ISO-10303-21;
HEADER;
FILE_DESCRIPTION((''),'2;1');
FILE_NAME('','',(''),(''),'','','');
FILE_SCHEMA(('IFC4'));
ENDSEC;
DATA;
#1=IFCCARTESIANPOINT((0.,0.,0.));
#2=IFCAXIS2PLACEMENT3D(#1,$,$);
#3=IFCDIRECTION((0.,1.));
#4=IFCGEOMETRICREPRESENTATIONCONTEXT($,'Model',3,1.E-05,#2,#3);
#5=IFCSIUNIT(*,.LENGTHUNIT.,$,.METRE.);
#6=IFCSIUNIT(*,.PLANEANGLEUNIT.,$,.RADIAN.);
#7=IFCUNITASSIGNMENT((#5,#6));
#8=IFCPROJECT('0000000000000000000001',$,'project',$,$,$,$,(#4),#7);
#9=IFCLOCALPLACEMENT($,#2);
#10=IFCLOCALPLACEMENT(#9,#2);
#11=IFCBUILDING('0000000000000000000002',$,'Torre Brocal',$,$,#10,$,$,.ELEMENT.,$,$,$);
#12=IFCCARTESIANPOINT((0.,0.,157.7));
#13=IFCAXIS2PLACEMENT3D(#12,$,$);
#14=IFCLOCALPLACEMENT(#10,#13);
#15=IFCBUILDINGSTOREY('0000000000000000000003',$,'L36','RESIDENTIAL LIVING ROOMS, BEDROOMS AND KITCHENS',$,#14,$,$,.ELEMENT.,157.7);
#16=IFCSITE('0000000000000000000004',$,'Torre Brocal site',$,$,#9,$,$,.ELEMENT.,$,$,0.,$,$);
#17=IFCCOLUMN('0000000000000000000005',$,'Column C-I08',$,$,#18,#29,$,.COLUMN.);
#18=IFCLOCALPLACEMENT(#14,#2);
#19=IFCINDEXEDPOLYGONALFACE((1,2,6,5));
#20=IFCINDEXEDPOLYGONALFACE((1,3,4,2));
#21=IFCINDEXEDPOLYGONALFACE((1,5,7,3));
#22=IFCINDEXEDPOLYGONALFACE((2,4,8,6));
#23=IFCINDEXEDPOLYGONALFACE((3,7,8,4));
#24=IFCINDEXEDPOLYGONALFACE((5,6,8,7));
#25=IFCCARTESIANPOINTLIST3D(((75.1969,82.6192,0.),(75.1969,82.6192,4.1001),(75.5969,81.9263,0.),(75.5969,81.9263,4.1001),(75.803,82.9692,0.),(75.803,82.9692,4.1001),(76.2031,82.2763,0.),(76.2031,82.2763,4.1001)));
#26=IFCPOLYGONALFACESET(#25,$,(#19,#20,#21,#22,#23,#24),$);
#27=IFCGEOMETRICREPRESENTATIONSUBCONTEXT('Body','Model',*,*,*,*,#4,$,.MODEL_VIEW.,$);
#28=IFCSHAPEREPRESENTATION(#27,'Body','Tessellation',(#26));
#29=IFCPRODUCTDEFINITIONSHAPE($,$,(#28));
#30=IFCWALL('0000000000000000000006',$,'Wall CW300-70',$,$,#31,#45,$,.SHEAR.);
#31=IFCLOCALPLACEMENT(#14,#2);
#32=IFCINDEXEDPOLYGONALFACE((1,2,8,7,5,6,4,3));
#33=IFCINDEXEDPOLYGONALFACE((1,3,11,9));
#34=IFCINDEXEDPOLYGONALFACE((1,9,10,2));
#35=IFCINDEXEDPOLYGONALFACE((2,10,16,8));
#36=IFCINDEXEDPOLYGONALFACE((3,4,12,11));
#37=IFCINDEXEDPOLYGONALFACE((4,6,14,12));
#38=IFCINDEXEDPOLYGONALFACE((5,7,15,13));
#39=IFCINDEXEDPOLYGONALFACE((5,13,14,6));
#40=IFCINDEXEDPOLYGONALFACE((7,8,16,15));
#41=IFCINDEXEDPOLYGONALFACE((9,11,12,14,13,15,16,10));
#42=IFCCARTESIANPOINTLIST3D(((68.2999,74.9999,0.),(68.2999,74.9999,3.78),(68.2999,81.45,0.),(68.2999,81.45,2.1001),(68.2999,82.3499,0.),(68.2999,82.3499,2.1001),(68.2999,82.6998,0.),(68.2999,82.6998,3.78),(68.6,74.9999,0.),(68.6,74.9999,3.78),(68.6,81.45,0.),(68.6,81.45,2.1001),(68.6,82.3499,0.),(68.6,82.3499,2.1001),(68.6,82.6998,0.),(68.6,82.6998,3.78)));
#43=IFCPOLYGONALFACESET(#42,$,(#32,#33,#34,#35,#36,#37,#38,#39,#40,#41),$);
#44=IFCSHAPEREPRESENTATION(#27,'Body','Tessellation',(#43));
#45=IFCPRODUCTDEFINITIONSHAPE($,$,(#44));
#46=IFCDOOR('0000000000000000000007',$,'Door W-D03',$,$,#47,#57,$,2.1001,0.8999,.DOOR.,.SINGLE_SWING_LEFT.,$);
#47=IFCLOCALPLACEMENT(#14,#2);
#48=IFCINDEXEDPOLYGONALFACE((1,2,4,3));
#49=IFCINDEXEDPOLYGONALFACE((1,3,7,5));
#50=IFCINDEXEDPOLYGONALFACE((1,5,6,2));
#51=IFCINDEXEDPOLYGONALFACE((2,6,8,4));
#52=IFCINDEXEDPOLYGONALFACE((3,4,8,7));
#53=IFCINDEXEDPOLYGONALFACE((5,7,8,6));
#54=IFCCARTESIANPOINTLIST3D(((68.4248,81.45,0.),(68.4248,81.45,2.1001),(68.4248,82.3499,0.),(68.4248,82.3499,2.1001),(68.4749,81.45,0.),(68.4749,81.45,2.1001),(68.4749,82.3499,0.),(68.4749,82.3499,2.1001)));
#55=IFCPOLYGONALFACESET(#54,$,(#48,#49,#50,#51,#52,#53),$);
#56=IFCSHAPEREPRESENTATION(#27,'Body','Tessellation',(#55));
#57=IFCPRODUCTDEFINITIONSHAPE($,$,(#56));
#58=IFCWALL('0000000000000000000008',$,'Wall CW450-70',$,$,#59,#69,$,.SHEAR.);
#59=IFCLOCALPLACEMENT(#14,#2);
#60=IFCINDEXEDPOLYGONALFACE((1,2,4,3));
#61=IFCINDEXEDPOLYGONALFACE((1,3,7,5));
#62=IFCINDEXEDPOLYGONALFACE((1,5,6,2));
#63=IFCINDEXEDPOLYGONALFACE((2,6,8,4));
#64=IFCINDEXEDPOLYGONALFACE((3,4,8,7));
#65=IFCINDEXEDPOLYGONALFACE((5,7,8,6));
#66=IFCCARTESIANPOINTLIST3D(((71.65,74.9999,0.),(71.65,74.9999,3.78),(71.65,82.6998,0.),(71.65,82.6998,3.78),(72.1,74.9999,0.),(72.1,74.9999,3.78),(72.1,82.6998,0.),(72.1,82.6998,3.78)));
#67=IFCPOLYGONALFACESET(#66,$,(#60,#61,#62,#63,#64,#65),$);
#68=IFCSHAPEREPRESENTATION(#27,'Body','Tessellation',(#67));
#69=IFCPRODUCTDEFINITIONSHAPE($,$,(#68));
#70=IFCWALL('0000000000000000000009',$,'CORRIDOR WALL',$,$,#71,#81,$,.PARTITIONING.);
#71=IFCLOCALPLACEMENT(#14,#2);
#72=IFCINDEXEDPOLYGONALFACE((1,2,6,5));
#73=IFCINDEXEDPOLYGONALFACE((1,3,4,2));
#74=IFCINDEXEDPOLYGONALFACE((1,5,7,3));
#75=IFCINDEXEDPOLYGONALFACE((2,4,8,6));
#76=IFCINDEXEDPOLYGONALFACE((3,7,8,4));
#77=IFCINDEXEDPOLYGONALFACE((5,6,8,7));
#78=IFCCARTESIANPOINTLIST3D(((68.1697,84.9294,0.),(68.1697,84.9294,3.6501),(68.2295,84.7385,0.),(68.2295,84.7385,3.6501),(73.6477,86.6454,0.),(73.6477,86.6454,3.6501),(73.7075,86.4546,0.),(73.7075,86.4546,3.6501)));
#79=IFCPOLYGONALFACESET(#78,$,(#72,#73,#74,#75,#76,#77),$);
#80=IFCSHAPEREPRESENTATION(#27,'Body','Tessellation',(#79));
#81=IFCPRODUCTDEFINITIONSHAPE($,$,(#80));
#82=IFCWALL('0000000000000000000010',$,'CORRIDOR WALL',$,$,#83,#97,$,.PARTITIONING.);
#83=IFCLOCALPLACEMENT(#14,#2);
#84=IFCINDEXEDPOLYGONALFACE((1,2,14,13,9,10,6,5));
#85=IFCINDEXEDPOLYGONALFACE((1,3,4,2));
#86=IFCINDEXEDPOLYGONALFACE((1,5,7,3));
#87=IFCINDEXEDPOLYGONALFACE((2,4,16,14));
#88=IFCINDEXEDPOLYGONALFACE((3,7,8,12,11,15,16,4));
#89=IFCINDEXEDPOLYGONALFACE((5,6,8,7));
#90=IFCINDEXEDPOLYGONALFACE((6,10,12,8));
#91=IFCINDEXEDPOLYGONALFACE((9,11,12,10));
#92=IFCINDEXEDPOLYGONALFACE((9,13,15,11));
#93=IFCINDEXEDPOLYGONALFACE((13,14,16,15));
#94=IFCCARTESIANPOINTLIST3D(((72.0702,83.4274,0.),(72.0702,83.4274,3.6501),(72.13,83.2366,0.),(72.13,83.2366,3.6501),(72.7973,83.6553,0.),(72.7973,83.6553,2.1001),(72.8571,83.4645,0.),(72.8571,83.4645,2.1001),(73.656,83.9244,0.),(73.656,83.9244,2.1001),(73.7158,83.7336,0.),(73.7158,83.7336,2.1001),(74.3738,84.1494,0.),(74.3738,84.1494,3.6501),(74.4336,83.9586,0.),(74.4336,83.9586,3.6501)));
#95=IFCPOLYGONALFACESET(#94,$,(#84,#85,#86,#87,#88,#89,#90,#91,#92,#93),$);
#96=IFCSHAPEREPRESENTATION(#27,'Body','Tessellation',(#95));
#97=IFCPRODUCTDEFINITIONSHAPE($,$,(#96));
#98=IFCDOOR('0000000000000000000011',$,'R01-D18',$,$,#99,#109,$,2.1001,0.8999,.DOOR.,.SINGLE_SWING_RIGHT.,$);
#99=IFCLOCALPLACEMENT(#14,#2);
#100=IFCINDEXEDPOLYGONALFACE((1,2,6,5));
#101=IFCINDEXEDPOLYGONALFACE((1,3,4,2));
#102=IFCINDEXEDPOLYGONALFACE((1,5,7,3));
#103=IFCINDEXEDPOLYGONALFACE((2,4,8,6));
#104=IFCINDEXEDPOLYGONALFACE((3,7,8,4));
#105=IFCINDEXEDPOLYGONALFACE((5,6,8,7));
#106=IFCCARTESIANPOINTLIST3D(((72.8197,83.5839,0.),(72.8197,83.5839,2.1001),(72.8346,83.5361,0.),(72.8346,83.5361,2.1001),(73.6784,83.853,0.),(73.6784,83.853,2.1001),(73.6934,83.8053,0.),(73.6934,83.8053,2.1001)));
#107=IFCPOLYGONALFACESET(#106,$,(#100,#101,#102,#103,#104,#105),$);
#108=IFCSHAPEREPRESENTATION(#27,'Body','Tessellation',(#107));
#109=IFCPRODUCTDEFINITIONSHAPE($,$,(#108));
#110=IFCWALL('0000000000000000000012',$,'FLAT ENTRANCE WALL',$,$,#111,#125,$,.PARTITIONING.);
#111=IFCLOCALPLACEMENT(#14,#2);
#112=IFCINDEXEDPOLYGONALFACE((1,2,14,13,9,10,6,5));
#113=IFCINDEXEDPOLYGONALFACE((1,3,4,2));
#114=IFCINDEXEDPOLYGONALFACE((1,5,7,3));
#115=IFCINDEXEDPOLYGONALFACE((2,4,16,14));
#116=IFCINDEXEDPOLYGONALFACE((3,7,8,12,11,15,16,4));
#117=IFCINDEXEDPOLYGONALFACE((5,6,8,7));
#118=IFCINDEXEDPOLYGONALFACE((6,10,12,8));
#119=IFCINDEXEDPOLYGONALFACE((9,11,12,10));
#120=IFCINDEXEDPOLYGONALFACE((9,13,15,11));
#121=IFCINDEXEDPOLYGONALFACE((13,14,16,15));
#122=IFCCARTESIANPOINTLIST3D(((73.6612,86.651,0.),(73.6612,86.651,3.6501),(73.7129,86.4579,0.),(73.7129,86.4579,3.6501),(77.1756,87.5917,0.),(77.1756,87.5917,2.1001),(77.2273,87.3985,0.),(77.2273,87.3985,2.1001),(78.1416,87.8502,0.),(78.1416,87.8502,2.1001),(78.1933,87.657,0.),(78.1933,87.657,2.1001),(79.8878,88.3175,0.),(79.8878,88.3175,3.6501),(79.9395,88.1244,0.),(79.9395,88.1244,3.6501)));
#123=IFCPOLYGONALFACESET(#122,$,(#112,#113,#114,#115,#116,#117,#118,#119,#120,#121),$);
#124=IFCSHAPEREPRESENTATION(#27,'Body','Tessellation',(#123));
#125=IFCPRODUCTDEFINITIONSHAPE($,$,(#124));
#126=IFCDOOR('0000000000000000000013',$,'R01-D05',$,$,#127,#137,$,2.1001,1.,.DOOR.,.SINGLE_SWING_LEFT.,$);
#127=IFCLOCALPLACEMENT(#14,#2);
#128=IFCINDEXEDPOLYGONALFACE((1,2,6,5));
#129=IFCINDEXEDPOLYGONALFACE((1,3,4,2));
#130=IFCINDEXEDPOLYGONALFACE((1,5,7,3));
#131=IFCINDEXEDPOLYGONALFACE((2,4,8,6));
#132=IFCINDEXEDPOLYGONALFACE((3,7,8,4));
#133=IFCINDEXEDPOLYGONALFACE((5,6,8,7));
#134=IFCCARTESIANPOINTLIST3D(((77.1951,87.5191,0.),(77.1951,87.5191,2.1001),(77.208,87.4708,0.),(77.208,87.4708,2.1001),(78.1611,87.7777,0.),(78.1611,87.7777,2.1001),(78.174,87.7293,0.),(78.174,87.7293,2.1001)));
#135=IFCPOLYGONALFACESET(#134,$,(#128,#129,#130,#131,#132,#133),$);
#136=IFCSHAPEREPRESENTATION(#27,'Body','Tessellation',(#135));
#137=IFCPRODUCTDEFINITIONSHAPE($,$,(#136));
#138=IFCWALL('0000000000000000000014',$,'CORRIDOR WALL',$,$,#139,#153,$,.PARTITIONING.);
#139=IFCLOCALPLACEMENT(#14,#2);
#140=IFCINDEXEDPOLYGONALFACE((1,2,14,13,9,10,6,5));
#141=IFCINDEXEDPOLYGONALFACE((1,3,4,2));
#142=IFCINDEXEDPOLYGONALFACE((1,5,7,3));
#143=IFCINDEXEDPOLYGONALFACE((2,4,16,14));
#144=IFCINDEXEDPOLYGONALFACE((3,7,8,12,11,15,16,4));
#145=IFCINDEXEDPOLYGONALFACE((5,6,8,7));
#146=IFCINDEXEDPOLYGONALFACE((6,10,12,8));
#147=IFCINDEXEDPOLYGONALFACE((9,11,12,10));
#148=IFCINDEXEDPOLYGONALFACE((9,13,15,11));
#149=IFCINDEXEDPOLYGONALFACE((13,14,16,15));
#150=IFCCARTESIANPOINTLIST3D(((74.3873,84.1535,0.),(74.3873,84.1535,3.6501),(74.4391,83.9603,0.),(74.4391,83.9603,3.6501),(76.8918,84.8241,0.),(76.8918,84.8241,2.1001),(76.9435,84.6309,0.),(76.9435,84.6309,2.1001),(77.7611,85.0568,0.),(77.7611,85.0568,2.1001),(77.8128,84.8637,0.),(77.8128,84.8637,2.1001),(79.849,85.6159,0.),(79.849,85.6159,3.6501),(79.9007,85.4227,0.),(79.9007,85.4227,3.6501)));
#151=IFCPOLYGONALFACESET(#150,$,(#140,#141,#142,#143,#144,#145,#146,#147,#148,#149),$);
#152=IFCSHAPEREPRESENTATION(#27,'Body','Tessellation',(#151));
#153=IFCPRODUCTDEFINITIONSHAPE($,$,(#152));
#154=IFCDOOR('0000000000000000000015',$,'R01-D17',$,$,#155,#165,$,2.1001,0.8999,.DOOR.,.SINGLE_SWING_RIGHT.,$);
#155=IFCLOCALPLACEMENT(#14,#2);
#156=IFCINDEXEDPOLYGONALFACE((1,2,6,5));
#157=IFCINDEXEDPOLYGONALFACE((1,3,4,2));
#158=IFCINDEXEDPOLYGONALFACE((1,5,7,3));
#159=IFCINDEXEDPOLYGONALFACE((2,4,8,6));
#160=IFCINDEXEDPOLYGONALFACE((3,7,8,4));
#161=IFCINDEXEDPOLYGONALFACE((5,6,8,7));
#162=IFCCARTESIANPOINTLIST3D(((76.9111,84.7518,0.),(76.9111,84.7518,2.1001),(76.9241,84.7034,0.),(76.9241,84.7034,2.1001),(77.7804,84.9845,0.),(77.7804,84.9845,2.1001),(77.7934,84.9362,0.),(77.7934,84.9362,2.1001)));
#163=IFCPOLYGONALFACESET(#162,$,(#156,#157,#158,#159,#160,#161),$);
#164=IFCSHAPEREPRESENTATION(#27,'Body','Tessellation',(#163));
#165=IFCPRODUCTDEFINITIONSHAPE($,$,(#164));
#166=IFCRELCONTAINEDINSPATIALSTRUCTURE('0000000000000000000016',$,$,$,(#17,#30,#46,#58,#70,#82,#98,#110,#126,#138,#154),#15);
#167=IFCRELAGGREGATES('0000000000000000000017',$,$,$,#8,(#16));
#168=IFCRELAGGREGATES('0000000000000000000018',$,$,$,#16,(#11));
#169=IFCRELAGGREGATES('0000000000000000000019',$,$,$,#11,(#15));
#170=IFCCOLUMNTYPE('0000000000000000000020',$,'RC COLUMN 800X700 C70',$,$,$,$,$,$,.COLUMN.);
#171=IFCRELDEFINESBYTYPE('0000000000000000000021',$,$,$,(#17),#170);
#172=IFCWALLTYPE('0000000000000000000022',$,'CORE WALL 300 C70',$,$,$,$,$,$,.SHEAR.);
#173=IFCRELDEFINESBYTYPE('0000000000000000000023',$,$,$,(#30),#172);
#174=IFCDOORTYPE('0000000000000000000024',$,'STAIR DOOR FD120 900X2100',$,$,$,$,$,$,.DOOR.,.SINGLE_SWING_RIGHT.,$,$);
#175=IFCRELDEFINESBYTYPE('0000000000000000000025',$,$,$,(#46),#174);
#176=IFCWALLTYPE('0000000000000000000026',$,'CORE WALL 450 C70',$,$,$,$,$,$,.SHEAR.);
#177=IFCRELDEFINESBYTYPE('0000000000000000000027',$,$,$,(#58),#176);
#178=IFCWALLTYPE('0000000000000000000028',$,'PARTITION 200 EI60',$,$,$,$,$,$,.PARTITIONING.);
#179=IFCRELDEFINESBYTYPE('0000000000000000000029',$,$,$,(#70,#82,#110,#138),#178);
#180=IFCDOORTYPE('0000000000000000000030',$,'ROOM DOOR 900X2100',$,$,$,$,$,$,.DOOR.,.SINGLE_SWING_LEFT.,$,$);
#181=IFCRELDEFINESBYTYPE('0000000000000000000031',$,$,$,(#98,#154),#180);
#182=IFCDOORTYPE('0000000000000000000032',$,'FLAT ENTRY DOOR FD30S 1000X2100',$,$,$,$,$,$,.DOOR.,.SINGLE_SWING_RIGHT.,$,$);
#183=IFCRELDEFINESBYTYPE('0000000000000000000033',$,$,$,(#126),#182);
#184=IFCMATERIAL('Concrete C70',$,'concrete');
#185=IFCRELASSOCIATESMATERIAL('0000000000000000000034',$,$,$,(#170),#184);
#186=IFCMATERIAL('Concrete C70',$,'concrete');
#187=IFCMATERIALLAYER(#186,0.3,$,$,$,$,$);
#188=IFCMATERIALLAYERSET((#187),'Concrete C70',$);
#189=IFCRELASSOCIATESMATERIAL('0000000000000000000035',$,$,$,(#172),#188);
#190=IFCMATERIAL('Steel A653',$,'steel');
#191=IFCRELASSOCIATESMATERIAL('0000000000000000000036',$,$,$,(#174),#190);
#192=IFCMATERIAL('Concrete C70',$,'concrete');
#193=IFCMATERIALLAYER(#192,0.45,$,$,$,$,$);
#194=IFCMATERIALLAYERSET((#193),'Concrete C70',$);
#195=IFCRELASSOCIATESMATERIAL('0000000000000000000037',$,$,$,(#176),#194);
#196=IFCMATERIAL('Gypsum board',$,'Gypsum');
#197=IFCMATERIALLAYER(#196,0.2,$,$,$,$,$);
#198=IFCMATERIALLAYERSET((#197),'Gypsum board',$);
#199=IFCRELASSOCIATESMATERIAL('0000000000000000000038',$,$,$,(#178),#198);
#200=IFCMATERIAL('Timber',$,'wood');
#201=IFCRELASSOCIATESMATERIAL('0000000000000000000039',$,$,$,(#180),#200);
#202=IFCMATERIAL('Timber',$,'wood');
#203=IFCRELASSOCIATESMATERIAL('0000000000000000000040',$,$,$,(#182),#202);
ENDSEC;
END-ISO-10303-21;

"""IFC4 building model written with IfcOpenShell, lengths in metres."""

from ifc_helpers import new_model, si_unit, direction, frame, frame_2d, origin, origin_2d, place, context, subcontext, project, spatial, rectangle, extrude, material, layer, layer_set, material_profile, profile_set, type_object, element, fill, save


model = new_model("IFC4")

# Units and contexts
model_context = context("Model", 3, precision=1e-05, world=origin(), true_north=direction((0.0, 1.0)))
body_context = subcontext(model_context, "Body", "Model", "MODEL_VIEW")
ifc_project = project(units=[si_unit("LENGTHUNIT", "METRE"), si_unit("PLANEANGLEUNIT", "RADIAN")], contexts=[model_context])

# Site, building, storey
site_placement = place(None, origin())
site = spatial("IfcSite", under=ifc_project, at=site_placement, Name="Torre Brocal site", CompositionType="ELEMENT", RefElevation=0.0)
building_placement = place(site_placement, origin())
building = spatial("IfcBuilding", under=site, at=building_placement, Name="Torre Brocal", CompositionType="ELEMENT")
storey_placement = place(building_placement, frame((0.0, 0.0, 157.7)))
storey = spatial("IfcBuildingStorey", under=building, at=storey_placement, Name="L36", Description="RESIDENTIAL LIVING ROOMS, BEDROOMS AND KITCHENS", CompositionType="ELEMENT", Elevation=157.7)

# Column
ifc_material_1 = material(Name="Concrete C70", Category="concrete")
ifc_material_profile = material_profile(ifc_material_1, rectangle(XDim=0.8, YDim=0.7, at=origin_2d()), Name="RC 800X700")
ifc_profile_set = profile_set([ifc_material_profile], Name="Concrete C70")
column_type = type_object("IfcColumnType", Name="RC COLUMN 800X700 C70", PredefinedType="COLUMN", material=ifc_profile_set)
column_placement = place(storey_placement, frame((75.7, 82.4478, 0.0), z_axis=(0.0, 0.0, 1.0), x_axis=(-0.5, 0.866025, 0.0)))
element("IfcColumn", 1, at=column_placement, inside=storey, type_object=column_type, Name="Column C-I08", PredefinedType="COLUMN", context=body_context, shape_type="SweptSolid", body=[
    extrude(rectangle(XDim=0.8, YDim=0.7, at=origin_2d()), origin(), (0.0, 0.0, 1.0), 4.1001),
])

# Wall, opening, door
ifc_material_2 = material(Name="Concrete C70", Category="concrete")
ifc_layer_1 = layer(ifc_material_2, 0.3)
ifc_layer_set_1 = layer_set([ifc_layer_1], Name="Concrete C70")
wall_type_1 = type_object("IfcWallType", Name="CORE WALL 300 C70", PredefinedType="SHEAR", material=ifc_layer_set_1)
wall_1_placement = place(storey_placement, frame((68.45, 82.7, 0.0), z_axis=(0.0, 0.0, 1.0), x_axis=(0.0, -1.0, 0.0)))
wall_1 = element("IfcWall", 2, at=wall_1_placement, inside=storey, type_object=wall_type_1, Name="Wall CW300-70", PredefinedType="SHEAR", context=body_context, shape_type="SweptSolid", body=[
    extrude(rectangle(XDim=7.7, YDim=0.3, at=frame_2d((3.8501, 0.0))), origin(), (0.0, 0.0, 1.0), 3.78),
])
opening_1_placement = place(wall_1_placement, frame((0.3501, 0.0, 0.0)))
opening_1 = element("IfcOpeningElement", 3, at=opening_1_placement, cuts=wall_1, PredefinedType="OPENING", context=body_context, shape_type="SweptSolid", body=[
    extrude(rectangle(XDim=0.8999, YDim=2.1001, at=frame_2d((0.45, 1.05))), frame((0.0, 0.1599, 0.0), z_axis=(0.0, -1.0, 0.0), x_axis=(1.0, 0.0, 0.0)), (0.0, 0.0, 1.0), 0.3201),
])
ifc_material_3 = material(Name="Steel A653", Category="steel")
door_type_1 = type_object("IfcDoorType", Name="STAIR DOOR FD120 900X2100", OperationType="SINGLE_SWING_RIGHT", PredefinedType="DOOR", material=ifc_material_3)
door_1_placement = place(opening_1_placement, origin())
door_1 = element("IfcDoor", 4, at=door_1_placement, inside=storey, type_object=door_type_1, Name="Door W-D03", OperationType="SINGLE_SWING_LEFT", OverallHeight=2.1001, OverallWidth=0.8999, PredefinedType="DOOR", context=body_context, shape_type="SweptSolid", body=[
    extrude(rectangle(XDim=0.8999, YDim=2.1001, at=frame_2d((0.45, 1.05))), frame((0.0, 0.0249, 0.0), z_axis=(0.0, -1.0, 0.0), x_axis=(1.0, 0.0, 0.0)), (0.0, 0.0, 1.0), 0.05),
])
fill(opening_1, door_1)

# Wall
ifc_material_4 = material(Name="Concrete C70", Category="concrete")
ifc_layer_2 = layer(ifc_material_4, 0.45)
ifc_layer_set_2 = layer_set([ifc_layer_2], Name="Concrete C70")
wall_type_2 = type_object("IfcWallType", Name="CORE WALL 450 C70", PredefinedType="SHEAR", material=ifc_layer_set_2)
wall_2_placement = place(storey_placement, frame((71.875, 82.7, 0.0), z_axis=(0.0, 0.0, 1.0), x_axis=(0.0, -1.0, 0.0)))
element("IfcWall", 5, at=wall_2_placement, inside=storey, type_object=wall_type_2, Name="Wall CW450-70", PredefinedType="SHEAR", context=body_context, shape_type="SweptSolid", body=[
    extrude(rectangle(XDim=7.7, YDim=0.45, at=frame_2d((3.8501, 0.0))), origin(), (0.0, 0.0, 1.0), 3.78),
])

# Wall
ifc_material_5 = material(Name="Gypsum board", Category="Gypsum")
ifc_layer_3 = layer(ifc_material_5, 0.2)
ifc_layer_set_3 = layer_set([ifc_layer_3], Name="Gypsum board")
wall_type_3 = type_object("IfcWallType", Name="PARTITION 200 EI60", PredefinedType="PARTITIONING", material=ifc_layer_set_3)
wall_3_placement = place(storey_placement, frame((68.1997, 84.834, 0.0), z_axis=(0.0, 0.0, 1.0), x_axis=(0.954272, 0.298938, 0.0)))
element("IfcWall", 6, at=wall_3_placement, inside=storey, type_object=wall_type_3, Name="CORRIDOR WALL", PredefinedType="PARTITIONING", context=body_context, shape_type="SweptSolid", body=[
    extrude(rectangle(XDim=5.7405, YDim=0.2, at=frame_2d((2.8701, 0.0))), origin(), (0.0, 0.0, 1.0), 3.6501),
])

# Walls, openings, doors
wall_4_placement = place(storey_placement, frame((72.1001, 83.332, 0.0), z_axis=(0.0, 0.0, 1.0), x_axis=(0.954233, 0.299064, 0.0)))
wall_4 = element("IfcWall", 7, at=wall_4_placement, inside=storey, type_object=wall_type_3, Name="CORRIDOR WALL", PredefinedType="PARTITIONING", context=body_context, shape_type="SweptSolid", body=[
    extrude(rectangle(XDim=2.4141, YDim=0.2, at=frame_2d((1.207, 0.0))), origin(), (0.0, 0.0, 1.0), 3.6501),
])
opening_2_placement = place(wall_4_placement, frame((0.762, 0.0, 0.0)))
opening_2 = element("IfcOpeningElement", 8, at=opening_2_placement, cuts=wall_4, PredefinedType="OPENING", context=body_context, shape_type="SweptSolid", body=[
    extrude(rectangle(XDim=0.8999, YDim=2.1001, at=frame_2d((0.45, 1.05))), frame((0.0, 0.1099, 0.0), z_axis=(0.0, -1.0, 0.0), x_axis=(1.0, 0.0, 0.0)), (0.0, 0.0, 1.0), 0.22),
])
ifc_material_6 = material(Name="Timber", Category="wood")
door_type_2 = type_object("IfcDoorType", Name="ROOM DOOR 900X2100", OperationType="SINGLE_SWING_LEFT", PredefinedType="DOOR", material=ifc_material_6)
door_2_placement = place(opening_2_placement, frame((0.8999, 0.0, 0.0), z_axis=(0.0, 0.0, 1.0), x_axis=(-1.0, 0.0, 0.0)))
door_2 = element("IfcDoor", 9, at=door_2_placement, inside=storey, type_object=door_type_2, Name="R01-D18", OperationType="SINGLE_SWING_RIGHT", OverallHeight=2.1001, OverallWidth=0.8999, PredefinedType="DOOR", context=body_context, shape_type="SweptSolid", body=[
    extrude(rectangle(XDim=0.8999, YDim=2.1001, at=frame_2d((0.45, 1.05))), frame((0.0, 0.0249, 0.0), z_axis=(0.0, -1.0, 0.0), x_axis=(1.0, 0.0, 0.0)), (0.0, 0.0, 1.0), 0.05),
])
fill(opening_2, door_2)
wall_5_placement = place(storey_placement, frame((73.687, 86.5544, 0.0), z_axis=(0.0, 0.0, 1.0), x_axis=(0.965999, 0.258544, 0.0)))
wall_5 = element("IfcWall", 10, at=wall_5_placement, inside=storey, type_object=wall_type_3, Name="FLAT ENTRANCE WALL", PredefinedType="PARTITIONING", context=body_context, shape_type="SweptSolid", body=[
    extrude(rectangle(XDim=6.4458, YDim=0.2, at=frame_2d((3.2229, 0.0))), origin(), (0.0, 0.0, 1.0), 3.6501),
])
opening_3_placement = place(wall_5_placement, frame((3.6382, 0.0, 0.0)))
opening_3 = element("IfcOpeningElement", 11, at=opening_3_placement, cuts=wall_5, PredefinedType="OPENING", context=body_context, shape_type="SweptSolid", body=[
    extrude(rectangle(XDim=1.0, YDim=2.1001, at=frame_2d((0.5, 1.05))), frame((0.0, 0.1099, 0.0), z_axis=(0.0, -1.0, 0.0), x_axis=(1.0, 0.0, 0.0)), (0.0, 0.0, 1.0), 0.22),
])
ifc_material_7 = material(Name="Timber", Category="wood")
door_type_3 = type_object("IfcDoorType", Name="FLAT ENTRY DOOR FD30S 1000X2100", OperationType="SINGLE_SWING_RIGHT", PredefinedType="DOOR", material=ifc_material_7)
door_3_placement = place(opening_3_placement, origin())
door_3 = element("IfcDoor", 12, at=door_3_placement, inside=storey, type_object=door_type_3, Name="R01-D05", OperationType="SINGLE_SWING_LEFT", OverallHeight=2.1001, OverallWidth=1.0, PredefinedType="DOOR", context=body_context, shape_type="SweptSolid", body=[
    extrude(rectangle(XDim=1.0, YDim=2.1001, at=frame_2d((0.5, 1.05))), frame((0.0, 0.0249, 0.0), z_axis=(0.0, -1.0, 0.0), x_axis=(1.0, 0.0, 0.0)), (0.0, 0.0, 1.0), 0.05),
])
fill(opening_3, door_3)
wall_6_placement = place(storey_placement, frame((74.4131, 84.0569, 0.0), z_axis=(0.0, 0.0, 1.0), x_axis=(0.965972, 0.258646, 0.0)))
wall_6 = element("IfcWall", 13, at=wall_6_placement, inside=storey, type_object=wall_type_3, Name="CORRIDOR WALL", PredefinedType="PARTITIONING", context=body_context, shape_type="SweptSolid", body=[
    extrude(rectangle(XDim=5.6541, YDim=0.2, at=frame_2d((2.8271, 0.0))), origin(), (0.0, 0.0, 1.0), 3.6501),
])
opening_4_placement = place(wall_6_placement, frame((2.5928, 0.0, 0.0)))
opening_4 = element("IfcOpeningElement", 14, at=opening_4_placement, cuts=wall_6, PredefinedType="OPENING", context=body_context, shape_type="SweptSolid", body=[
    extrude(rectangle(XDim=0.8999, YDim=2.1001, at=frame_2d((0.45, 1.05))), frame((0.0, 0.1099, 0.0), z_axis=(0.0, -1.0, 0.0), x_axis=(1.0, 0.0, 0.0)), (0.0, 0.0, 1.0), 0.22),
])
door_4_placement = place(opening_4_placement, frame((0.8999, 0.0, 0.0), z_axis=(0.0, 0.0, 1.0), x_axis=(-1.0, 0.0, 0.0)))
door_4 = element("IfcDoor", 15, at=door_4_placement, inside=storey, type_object=door_type_2, Name="R01-D17", OperationType="SINGLE_SWING_RIGHT", OverallHeight=2.1001, OverallWidth=0.8999, PredefinedType="DOOR", context=body_context, shape_type="SweptSolid", body=[
    extrude(rectangle(XDim=0.8999, YDim=2.1001, at=frame_2d((0.45, 1.05))), frame((0.0, 0.0249, 0.0), z_axis=(0.0, -1.0, 0.0), x_axis=(1.0, 0.0, 0.0)), (0.0, 0.0, 1.0), 0.05),
])
fill(opening_4, door_4)

save(model, "model.ifc")
